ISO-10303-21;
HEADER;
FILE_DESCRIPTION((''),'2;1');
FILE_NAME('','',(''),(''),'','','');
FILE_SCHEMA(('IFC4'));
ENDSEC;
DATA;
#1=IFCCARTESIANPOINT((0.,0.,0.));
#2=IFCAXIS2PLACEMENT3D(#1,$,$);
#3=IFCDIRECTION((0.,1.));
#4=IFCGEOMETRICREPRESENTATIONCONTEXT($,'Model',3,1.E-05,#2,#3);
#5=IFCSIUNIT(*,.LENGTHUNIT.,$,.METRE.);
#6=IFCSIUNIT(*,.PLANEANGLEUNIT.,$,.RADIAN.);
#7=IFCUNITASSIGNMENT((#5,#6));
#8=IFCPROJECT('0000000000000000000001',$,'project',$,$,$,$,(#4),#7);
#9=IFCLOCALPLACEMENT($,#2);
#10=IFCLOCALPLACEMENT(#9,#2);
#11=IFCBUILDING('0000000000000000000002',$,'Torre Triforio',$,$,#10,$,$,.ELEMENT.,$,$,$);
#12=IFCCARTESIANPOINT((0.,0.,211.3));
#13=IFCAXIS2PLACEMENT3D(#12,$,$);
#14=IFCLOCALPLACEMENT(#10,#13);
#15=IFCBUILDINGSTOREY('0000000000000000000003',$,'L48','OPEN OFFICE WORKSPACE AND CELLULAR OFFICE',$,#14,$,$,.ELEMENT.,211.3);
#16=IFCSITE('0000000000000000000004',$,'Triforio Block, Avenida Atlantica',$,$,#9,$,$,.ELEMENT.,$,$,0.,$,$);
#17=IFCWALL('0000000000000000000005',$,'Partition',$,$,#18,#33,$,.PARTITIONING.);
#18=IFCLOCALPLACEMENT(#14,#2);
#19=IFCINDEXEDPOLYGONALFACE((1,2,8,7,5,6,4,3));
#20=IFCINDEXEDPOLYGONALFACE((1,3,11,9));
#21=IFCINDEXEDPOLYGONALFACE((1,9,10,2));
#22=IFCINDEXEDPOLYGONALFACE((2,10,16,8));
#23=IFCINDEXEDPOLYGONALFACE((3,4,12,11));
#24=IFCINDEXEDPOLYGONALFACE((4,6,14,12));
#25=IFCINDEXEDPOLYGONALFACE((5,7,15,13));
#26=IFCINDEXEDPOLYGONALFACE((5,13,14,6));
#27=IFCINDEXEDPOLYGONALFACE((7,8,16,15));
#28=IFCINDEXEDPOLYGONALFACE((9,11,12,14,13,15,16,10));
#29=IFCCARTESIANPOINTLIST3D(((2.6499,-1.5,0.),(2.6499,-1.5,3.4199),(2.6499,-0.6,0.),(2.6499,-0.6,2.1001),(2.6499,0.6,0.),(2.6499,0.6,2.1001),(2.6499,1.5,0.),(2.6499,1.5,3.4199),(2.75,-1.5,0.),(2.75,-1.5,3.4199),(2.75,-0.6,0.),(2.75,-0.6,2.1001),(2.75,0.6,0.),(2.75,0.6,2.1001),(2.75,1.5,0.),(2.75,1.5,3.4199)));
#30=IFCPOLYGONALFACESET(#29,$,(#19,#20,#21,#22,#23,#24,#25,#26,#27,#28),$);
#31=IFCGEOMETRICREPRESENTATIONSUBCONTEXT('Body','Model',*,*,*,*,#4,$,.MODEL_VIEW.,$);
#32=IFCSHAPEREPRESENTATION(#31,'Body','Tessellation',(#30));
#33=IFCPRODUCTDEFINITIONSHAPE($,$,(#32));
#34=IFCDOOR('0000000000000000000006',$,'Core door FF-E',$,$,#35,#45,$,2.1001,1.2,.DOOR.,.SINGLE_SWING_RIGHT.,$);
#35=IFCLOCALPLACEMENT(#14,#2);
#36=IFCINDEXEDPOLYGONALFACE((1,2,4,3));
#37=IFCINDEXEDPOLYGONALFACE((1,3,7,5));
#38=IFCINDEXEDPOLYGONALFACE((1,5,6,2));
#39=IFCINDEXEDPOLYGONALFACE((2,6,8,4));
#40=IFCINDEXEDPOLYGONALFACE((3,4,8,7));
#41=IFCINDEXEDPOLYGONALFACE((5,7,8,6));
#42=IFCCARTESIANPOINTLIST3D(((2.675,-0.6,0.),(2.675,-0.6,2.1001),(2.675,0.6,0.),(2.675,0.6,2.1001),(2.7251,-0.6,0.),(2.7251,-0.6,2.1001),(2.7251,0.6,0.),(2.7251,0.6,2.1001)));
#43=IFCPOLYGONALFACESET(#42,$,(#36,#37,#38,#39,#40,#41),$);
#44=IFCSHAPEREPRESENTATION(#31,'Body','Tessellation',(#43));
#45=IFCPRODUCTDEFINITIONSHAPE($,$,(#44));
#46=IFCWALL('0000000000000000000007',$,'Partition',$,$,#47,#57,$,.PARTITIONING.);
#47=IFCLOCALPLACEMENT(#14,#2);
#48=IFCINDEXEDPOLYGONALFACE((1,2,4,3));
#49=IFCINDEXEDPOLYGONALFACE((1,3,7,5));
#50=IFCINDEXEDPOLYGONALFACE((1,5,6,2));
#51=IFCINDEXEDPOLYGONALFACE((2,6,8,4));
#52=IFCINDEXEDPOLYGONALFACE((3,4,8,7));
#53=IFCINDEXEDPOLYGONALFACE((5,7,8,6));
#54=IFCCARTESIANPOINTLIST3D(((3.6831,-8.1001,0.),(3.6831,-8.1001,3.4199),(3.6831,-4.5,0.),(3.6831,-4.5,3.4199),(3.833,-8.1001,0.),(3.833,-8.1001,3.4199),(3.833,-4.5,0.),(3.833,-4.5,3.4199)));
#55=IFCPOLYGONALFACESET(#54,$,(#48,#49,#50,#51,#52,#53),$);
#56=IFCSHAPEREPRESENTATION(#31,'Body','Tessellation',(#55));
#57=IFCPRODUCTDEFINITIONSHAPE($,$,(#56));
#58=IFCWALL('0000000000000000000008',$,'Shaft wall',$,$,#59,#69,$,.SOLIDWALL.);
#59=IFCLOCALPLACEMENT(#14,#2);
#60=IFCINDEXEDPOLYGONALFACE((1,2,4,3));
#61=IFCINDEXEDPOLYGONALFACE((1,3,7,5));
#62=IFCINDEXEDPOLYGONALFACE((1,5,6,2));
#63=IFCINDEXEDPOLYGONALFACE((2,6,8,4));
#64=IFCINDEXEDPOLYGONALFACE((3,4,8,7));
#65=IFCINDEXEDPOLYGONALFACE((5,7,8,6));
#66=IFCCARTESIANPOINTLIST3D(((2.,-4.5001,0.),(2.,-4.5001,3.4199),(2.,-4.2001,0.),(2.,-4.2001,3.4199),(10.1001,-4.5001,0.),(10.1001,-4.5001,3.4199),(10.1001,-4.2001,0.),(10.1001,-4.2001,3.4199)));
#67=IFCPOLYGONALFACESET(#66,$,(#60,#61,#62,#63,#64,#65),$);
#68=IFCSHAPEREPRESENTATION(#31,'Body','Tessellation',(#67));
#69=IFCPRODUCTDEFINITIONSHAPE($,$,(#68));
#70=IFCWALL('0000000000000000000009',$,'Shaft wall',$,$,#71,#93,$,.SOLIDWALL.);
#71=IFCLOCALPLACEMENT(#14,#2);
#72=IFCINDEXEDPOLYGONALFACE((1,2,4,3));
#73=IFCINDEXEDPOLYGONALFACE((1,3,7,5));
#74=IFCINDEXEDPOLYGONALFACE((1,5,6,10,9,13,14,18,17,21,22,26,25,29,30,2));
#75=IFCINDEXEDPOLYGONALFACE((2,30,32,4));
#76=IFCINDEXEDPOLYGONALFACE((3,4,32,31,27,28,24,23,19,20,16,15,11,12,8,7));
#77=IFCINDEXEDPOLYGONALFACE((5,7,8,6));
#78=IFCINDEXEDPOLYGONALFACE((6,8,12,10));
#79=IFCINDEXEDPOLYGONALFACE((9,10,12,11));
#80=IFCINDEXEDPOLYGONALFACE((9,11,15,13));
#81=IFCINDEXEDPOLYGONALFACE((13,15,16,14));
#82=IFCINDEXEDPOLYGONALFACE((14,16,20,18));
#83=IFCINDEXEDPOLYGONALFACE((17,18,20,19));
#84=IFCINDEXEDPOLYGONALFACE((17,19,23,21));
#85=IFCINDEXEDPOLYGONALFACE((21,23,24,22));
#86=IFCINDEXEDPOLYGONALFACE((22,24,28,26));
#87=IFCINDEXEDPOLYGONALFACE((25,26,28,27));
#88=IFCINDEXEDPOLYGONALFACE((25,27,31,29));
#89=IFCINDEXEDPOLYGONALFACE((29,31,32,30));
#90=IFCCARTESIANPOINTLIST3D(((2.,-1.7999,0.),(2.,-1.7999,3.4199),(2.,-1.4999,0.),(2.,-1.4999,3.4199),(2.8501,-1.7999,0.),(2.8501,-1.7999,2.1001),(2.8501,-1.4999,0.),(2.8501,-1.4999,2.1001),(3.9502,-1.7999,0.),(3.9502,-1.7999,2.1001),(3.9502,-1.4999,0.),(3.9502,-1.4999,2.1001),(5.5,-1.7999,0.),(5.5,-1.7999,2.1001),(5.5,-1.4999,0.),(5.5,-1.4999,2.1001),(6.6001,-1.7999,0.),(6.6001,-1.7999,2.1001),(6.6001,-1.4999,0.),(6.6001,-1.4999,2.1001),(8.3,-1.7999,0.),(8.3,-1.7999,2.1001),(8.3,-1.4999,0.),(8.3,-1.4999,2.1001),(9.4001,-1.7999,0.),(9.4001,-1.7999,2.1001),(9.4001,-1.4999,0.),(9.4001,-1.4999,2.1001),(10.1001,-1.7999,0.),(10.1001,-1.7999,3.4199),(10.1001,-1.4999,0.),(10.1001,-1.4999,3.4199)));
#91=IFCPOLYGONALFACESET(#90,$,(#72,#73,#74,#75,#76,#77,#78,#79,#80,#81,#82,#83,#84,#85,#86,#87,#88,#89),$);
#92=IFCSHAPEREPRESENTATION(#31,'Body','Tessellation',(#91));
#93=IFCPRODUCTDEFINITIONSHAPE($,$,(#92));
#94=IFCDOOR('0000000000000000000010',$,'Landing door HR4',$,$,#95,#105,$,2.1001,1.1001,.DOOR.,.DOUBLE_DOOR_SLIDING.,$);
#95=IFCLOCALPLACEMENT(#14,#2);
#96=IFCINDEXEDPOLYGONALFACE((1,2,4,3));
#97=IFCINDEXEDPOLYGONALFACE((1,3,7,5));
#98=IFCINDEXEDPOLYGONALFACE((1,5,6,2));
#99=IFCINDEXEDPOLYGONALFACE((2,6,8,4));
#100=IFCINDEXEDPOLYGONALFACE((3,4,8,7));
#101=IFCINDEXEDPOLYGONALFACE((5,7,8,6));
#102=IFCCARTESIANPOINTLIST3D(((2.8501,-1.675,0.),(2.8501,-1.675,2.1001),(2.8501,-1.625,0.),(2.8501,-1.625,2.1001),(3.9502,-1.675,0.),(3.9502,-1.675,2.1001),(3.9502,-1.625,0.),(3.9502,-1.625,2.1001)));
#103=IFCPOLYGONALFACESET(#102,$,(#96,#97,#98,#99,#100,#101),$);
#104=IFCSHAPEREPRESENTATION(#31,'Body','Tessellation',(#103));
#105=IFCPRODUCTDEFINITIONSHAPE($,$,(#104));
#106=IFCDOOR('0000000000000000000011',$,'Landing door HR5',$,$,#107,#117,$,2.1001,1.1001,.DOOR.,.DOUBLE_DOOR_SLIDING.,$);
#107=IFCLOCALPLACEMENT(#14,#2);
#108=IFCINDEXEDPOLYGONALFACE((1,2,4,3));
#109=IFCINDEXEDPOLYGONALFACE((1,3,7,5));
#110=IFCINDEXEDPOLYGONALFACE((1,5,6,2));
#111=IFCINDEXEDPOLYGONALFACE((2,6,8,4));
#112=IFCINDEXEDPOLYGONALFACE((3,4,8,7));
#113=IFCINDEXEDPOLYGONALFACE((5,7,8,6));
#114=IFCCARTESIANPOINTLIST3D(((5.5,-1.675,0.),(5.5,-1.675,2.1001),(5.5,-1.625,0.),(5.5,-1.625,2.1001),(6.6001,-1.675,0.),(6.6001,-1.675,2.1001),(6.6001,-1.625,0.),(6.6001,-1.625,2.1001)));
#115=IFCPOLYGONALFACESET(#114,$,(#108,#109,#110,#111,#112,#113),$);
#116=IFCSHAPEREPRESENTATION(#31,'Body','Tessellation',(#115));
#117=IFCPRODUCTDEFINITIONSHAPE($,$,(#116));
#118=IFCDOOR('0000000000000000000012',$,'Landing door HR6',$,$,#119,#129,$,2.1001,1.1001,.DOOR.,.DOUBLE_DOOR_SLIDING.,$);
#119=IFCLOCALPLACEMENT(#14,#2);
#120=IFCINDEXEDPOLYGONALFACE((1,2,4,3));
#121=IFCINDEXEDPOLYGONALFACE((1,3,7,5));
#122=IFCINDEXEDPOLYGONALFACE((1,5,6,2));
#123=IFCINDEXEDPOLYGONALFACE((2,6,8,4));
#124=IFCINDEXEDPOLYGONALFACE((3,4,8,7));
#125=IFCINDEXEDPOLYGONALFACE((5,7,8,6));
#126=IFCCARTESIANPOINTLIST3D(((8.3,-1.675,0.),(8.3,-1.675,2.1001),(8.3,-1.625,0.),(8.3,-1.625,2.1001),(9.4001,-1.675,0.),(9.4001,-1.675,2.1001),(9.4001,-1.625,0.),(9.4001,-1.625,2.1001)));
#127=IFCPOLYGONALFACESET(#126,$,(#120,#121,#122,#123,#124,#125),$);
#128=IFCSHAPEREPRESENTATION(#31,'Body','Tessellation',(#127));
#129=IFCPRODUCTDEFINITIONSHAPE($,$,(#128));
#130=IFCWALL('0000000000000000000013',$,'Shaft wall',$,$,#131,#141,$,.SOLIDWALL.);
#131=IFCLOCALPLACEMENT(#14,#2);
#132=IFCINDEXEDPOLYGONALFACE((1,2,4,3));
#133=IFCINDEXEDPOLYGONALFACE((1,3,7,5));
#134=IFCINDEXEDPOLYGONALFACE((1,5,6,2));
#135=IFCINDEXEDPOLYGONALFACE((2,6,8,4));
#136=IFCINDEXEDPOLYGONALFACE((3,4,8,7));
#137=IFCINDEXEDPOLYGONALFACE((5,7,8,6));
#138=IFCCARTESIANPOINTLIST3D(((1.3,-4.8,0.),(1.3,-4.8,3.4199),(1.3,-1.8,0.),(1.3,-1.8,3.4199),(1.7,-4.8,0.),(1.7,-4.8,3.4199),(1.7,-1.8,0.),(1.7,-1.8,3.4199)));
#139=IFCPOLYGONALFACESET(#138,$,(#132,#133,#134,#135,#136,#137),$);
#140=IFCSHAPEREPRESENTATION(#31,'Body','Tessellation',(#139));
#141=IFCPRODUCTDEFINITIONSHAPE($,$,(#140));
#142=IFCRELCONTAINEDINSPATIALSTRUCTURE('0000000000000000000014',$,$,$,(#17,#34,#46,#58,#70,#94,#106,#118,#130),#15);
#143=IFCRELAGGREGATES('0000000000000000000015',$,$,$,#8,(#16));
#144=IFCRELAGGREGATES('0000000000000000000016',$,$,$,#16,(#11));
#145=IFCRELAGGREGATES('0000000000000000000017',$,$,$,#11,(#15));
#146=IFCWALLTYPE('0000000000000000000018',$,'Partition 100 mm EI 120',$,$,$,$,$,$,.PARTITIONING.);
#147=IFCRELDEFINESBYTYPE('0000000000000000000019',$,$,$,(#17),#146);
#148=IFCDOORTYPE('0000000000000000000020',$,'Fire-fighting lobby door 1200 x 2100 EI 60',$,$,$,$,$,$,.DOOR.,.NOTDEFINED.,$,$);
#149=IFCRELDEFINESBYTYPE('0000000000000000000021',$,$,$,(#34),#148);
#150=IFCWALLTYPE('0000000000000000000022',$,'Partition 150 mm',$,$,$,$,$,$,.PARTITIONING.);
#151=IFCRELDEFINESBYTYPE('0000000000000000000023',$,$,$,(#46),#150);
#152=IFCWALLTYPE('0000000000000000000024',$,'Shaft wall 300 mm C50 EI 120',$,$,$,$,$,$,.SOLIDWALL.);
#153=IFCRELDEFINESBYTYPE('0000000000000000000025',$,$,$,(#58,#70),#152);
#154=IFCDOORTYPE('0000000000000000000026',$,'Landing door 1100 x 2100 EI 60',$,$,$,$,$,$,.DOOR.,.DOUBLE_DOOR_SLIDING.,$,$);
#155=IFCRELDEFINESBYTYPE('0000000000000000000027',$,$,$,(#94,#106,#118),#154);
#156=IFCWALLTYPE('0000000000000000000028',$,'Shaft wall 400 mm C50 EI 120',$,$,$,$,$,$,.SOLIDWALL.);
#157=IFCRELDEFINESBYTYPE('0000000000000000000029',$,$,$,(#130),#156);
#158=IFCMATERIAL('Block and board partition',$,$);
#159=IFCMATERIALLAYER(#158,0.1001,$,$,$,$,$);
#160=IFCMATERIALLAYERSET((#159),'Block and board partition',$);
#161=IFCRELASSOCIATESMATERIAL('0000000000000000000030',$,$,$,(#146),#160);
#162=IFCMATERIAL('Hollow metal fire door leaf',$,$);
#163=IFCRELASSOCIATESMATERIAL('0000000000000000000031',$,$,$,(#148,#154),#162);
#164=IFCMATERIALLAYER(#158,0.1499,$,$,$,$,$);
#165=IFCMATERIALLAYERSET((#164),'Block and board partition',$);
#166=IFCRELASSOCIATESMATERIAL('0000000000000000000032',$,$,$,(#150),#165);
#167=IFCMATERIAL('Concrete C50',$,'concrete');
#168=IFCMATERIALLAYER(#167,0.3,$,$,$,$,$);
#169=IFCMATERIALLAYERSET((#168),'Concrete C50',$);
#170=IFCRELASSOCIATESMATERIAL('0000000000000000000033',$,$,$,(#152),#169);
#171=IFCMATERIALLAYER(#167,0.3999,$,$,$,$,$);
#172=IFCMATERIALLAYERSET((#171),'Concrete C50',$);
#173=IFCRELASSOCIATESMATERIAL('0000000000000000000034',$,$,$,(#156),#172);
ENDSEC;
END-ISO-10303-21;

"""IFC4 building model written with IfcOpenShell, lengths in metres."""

from ifc_helpers import new_model, si_unit, direction, frame, frame_2d, origin, place, context, subcontext, project, spatial, rectangle, extrude, material, layer, layer_set, type_object, element, fill, save


model = new_model("IFC4")

# Units and contexts
model_context = context("Model", 3, precision=1e-05, world=origin(), true_north=direction((0.0, 1.0)))
body_context = subcontext(model_context, "Body", "Model", "MODEL_VIEW")
ifc_project = project(units=[si_unit("LENGTHUNIT", "METRE"), si_unit("PLANEANGLEUNIT", "RADIAN")], contexts=[model_context])

# Site, building, storey
site_placement = place(None, origin())
site = spatial("IfcSite", under=ifc_project, at=site_placement, Name="Triforio Block, Avenida Atlantica", CompositionType="ELEMENT", RefElevation=0.0)
building_placement = place(site_placement, origin())
building = spatial("IfcBuilding", under=site, at=building_placement, Name="Torre Triforio", CompositionType="ELEMENT")
storey_placement = place(building_placement, frame((0.0, 0.0, 211.3)))
storey = spatial("IfcBuildingStorey", under=building, at=storey_placement, Name="L48", Description="OPEN OFFICE WORKSPACE AND CELLULAR OFFICE", CompositionType="ELEMENT", Elevation=211.3)

# Shared definitions
ifc_material_1 = material(Name="Concrete C50", Category="concrete")

# Wall, opening, door
ifc_material_2 = material(Name="Block and board partition")
ifc_layer_1 = layer(ifc_material_2, 0.1001)
ifc_layer_set_1 = layer_set([ifc_layer_1], Name="Block and board partition")
wall_type_1 = type_object("IfcWallType", Name="Partition 100 mm EI 120", PredefinedType="PARTITIONING", material=ifc_layer_set_1)
wall_1_placement = place(storey_placement, frame((2.7, -1.5, 0.0), z_axis=(0.0, 0.0, 1.0), x_axis=(0.0, 1.0, 0.0)))
wall_1 = element("IfcWall", 1, at=wall_1_placement, inside=storey, type_object=wall_type_1, Name="Partition", PredefinedType="PARTITIONING", context=body_context, shape_type="SweptSolid", body=[
    extrude(rectangle(XDim=3.0, YDim=0.1001, at=frame_2d((1.5, 0.0))), origin(), (0.0, 0.0, 1.0), 3.4199),
])
opening_1_placement = place(wall_1_placement, frame((0.8999, 0.0, 0.0)))
opening_1 = element("IfcOpeningElement", 2, at=opening_1_placement, cuts=wall_1, PredefinedType="OPENING", context=body_context, shape_type="SweptSolid", body=[
    extrude(rectangle(XDim=1.2, YDim=2.1001, at=frame_2d((0.6001, 1.05))), frame((0.0, 0.0601, 0.0), z_axis=(0.0, -1.0, 0.0), x_axis=(1.0, 0.0, 0.0)), (0.0, 0.0, 1.0), 0.1201),
])
ifc_material_3 = material(Name="Hollow metal fire door leaf")
door_type_1 = type_object("IfcDoorType", Name="Fire-fighting lobby door 1200 x 2100 EI 60", OperationType="NOTDEFINED", PredefinedType="DOOR", material=ifc_material_3)
door_1_placement = place(opening_1_placement, origin())
door_1 = element("IfcDoor", 3, at=door_1_placement, inside=storey, type_object=door_type_1, Name="Core door FF-E", OperationType="SINGLE_SWING_RIGHT", OverallHeight=2.1001, OverallWidth=1.2, PredefinedType="DOOR", context=body_context, shape_type="SweptSolid", body=[
    extrude(rectangle(XDim=1.2, YDim=2.1001, at=frame_2d((0.6001, 1.05))), frame((0.0, 0.0249, 0.0), z_axis=(0.0, -1.0, 0.0), x_axis=(1.0, 0.0, 0.0)), (0.0, 0.0, 1.0), 0.05),
])
fill(opening_1, door_1)

# Walls
ifc_layer_2 = layer(ifc_material_2, 0.1499)
ifc_layer_set_2 = layer_set([ifc_layer_2], Name="Block and board partition")
wall_type_2 = type_object("IfcWallType", Name="Partition 150 mm", PredefinedType="PARTITIONING", material=ifc_layer_set_2)
wall_2_placement = place(storey_placement, frame((3.7581, -8.1001, 0.0), z_axis=(0.0, 0.0, 1.0), x_axis=(0.0, 1.0, 0.0)))
element("IfcWall", 4, at=wall_2_placement, inside=storey, type_object=wall_type_2, Name="Partition", PredefinedType="PARTITIONING", context=body_context, shape_type="SweptSolid", body=[
    extrude(rectangle(XDim=3.6001, YDim=0.1499, at=frame_2d((1.8, 0.0))), origin(), (0.0, 0.0, 1.0), 3.4199),
])
ifc_layer_3 = layer(ifc_material_1, 0.3)
ifc_layer_set_3 = layer_set([ifc_layer_3], Name="Concrete C50")
wall_type_3 = type_object("IfcWallType", Name="Shaft wall 300 mm C50 EI 120", PredefinedType="SOLIDWALL", material=ifc_layer_set_3)
wall_3_placement = place(storey_placement, frame((2.0, -4.3501, 0.0), z_axis=(0.0, 0.0, 1.0), x_axis=(1.0, 0.0, 0.0)))
element("IfcWall", 5, at=wall_3_placement, inside=storey, type_object=wall_type_3, Name="Shaft wall", PredefinedType="SOLIDWALL", context=body_context, shape_type="SweptSolid", body=[
    extrude(rectangle(XDim=8.1001, YDim=0.3, at=frame_2d((4.05, 0.0))), origin(), (0.0, 0.0, 1.0), 3.4199),
])

# Wall, openings, doors
wall_4_placement = place(storey_placement, frame((2.0, -1.6499, 0.0), z_axis=(0.0, 0.0, 1.0), x_axis=(1.0, 0.0, 0.0)))
wall_4 = element("IfcWall", 6, at=wall_4_placement, inside=storey, type_object=wall_type_3, Name="Shaft wall", PredefinedType="SOLIDWALL", context=body_context, shape_type="SweptSolid", body=[
    extrude(rectangle(XDim=8.1001, YDim=0.3, at=frame_2d((4.05, 0.0))), origin(), (0.0, 0.0, 1.0), 3.4199),
])
opening_2_placement = place(wall_4_placement, frame((0.8501, 0.0, 0.0)))
opening_2 = element("IfcOpeningElement", 7, at=opening_2_placement, cuts=wall_4, PredefinedType="OPENING", context=body_context, shape_type="SweptSolid", body=[
    extrude(rectangle(XDim=1.1001, YDim=2.1001, at=frame_2d((0.55, 1.05))), frame((0.0, 0.1599, 0.0), z_axis=(0.0, -1.0, 0.0), x_axis=(1.0, 0.0, 0.0)), (0.0, 0.0, 1.0), 0.3201),
])
opening_3_placement = place(wall_4_placement, frame((3.5, 0.0, 0.0)))
opening_3 = element("IfcOpeningElement", 8, at=opening_3_placement, cuts=wall_4, PredefinedType="OPENING", context=body_context, shape_type="SweptSolid", body=[
    extrude(rectangle(XDim=1.1001, YDim=2.1001, at=frame_2d((0.55, 1.05))), frame((0.0, 0.1599, 0.0), z_axis=(0.0, -1.0, 0.0), x_axis=(1.0, 0.0, 0.0)), (0.0, 0.0, 1.0), 0.3201),
])
opening_4_placement = place(wall_4_placement, frame((6.3, 0.0, 0.0)))
opening_4 = element("IfcOpeningElement", 9, at=opening_4_placement, cuts=wall_4, PredefinedType="OPENING", context=body_context, shape_type="SweptSolid", body=[
    extrude(rectangle(XDim=1.1001, YDim=2.1001, at=frame_2d((0.55, 1.05))), frame((0.0, 0.1599, 0.0), z_axis=(0.0, -1.0, 0.0), x_axis=(1.0, 0.0, 0.0)), (0.0, 0.0, 1.0), 0.3201),
])
door_type_2 = type_object("IfcDoorType", Name="Landing door 1100 x 2100 EI 60", OperationType="DOUBLE_DOOR_SLIDING", PredefinedType="DOOR", material=ifc_material_3)
door_2_placement = place(opening_2_placement, origin())
door_2 = element("IfcDoor", 10, at=door_2_placement, inside=storey, type_object=door_type_2, Name="Landing door HR4", OperationType="DOUBLE_DOOR_SLIDING", OverallHeight=2.1001, OverallWidth=1.1001, PredefinedType="DOOR", context=body_context, shape_type="SweptSolid", body=[
    extrude(rectangle(XDim=1.1001, YDim=2.1001, at=frame_2d((0.55, 1.05))), frame((0.0, 0.0249, 0.0), z_axis=(0.0, -1.0, 0.0), x_axis=(1.0, 0.0, 0.0)), (0.0, 0.0, 1.0), 0.05),
])
fill(opening_2, door_2)
door_3_placement = place(opening_3_placement, origin())
door_3 = element("IfcDoor", 11, at=door_3_placement, inside=storey, type_object=door_type_2, Name="Landing door HR5", OperationType="DOUBLE_DOOR_SLIDING", OverallHeight=2.1001, OverallWidth=1.1001, PredefinedType="DOOR", context=body_context, shape_type="SweptSolid", body=[
    extrude(rectangle(XDim=1.1001, YDim=2.1001, at=frame_2d((0.55, 1.05))), frame((0.0, 0.0249, 0.0), z_axis=(0.0, -1.0, 0.0), x_axis=(1.0, 0.0, 0.0)), (0.0, 0.0, 1.0), 0.05),
])
fill(opening_3, door_3)
door_4_placement = place(opening_4_placement, origin())
door_4 = element("IfcDoor", 12, at=door_4_placement, inside=storey, type_object=door_type_2, Name="Landing door HR6", OperationType="DOUBLE_DOOR_SLIDING", OverallHeight=2.1001, OverallWidth=1.1001, PredefinedType="DOOR", context=body_context, shape_type="SweptSolid", body=[
    extrude(rectangle(XDim=1.1001, YDim=2.1001, at=frame_2d((0.55, 1.05))), frame((0.0, 0.0249, 0.0), z_axis=(0.0, -1.0, 0.0), x_axis=(1.0, 0.0, 0.0)), (0.0, 0.0, 1.0), 0.05),
])
fill(opening_4, door_4)

# Wall
ifc_layer_4 = layer(ifc_material_1, 0.3999)
ifc_layer_set_4 = layer_set([ifc_layer_4], Name="Concrete C50")
wall_type_4 = type_object("IfcWallType", Name="Shaft wall 400 mm C50 EI 120", PredefinedType="SOLIDWALL", material=ifc_layer_set_4)
wall_5_placement = place(storey_placement, frame((1.5, -4.8, 0.0), z_axis=(0.0, 0.0, 1.0), x_axis=(0.0, 1.0, 0.0)))
element("IfcWall", 13, at=wall_5_placement, inside=storey, type_object=wall_type_4, Name="Shaft wall", PredefinedType="SOLIDWALL", context=body_context, shape_type="SweptSolid", body=[
    extrude(rectangle(XDim=3.0, YDim=0.3999, at=frame_2d((1.5, 0.0))), origin(), (0.0, 0.0, 1.0), 3.4199),
])

save(model, "model.ifc")
